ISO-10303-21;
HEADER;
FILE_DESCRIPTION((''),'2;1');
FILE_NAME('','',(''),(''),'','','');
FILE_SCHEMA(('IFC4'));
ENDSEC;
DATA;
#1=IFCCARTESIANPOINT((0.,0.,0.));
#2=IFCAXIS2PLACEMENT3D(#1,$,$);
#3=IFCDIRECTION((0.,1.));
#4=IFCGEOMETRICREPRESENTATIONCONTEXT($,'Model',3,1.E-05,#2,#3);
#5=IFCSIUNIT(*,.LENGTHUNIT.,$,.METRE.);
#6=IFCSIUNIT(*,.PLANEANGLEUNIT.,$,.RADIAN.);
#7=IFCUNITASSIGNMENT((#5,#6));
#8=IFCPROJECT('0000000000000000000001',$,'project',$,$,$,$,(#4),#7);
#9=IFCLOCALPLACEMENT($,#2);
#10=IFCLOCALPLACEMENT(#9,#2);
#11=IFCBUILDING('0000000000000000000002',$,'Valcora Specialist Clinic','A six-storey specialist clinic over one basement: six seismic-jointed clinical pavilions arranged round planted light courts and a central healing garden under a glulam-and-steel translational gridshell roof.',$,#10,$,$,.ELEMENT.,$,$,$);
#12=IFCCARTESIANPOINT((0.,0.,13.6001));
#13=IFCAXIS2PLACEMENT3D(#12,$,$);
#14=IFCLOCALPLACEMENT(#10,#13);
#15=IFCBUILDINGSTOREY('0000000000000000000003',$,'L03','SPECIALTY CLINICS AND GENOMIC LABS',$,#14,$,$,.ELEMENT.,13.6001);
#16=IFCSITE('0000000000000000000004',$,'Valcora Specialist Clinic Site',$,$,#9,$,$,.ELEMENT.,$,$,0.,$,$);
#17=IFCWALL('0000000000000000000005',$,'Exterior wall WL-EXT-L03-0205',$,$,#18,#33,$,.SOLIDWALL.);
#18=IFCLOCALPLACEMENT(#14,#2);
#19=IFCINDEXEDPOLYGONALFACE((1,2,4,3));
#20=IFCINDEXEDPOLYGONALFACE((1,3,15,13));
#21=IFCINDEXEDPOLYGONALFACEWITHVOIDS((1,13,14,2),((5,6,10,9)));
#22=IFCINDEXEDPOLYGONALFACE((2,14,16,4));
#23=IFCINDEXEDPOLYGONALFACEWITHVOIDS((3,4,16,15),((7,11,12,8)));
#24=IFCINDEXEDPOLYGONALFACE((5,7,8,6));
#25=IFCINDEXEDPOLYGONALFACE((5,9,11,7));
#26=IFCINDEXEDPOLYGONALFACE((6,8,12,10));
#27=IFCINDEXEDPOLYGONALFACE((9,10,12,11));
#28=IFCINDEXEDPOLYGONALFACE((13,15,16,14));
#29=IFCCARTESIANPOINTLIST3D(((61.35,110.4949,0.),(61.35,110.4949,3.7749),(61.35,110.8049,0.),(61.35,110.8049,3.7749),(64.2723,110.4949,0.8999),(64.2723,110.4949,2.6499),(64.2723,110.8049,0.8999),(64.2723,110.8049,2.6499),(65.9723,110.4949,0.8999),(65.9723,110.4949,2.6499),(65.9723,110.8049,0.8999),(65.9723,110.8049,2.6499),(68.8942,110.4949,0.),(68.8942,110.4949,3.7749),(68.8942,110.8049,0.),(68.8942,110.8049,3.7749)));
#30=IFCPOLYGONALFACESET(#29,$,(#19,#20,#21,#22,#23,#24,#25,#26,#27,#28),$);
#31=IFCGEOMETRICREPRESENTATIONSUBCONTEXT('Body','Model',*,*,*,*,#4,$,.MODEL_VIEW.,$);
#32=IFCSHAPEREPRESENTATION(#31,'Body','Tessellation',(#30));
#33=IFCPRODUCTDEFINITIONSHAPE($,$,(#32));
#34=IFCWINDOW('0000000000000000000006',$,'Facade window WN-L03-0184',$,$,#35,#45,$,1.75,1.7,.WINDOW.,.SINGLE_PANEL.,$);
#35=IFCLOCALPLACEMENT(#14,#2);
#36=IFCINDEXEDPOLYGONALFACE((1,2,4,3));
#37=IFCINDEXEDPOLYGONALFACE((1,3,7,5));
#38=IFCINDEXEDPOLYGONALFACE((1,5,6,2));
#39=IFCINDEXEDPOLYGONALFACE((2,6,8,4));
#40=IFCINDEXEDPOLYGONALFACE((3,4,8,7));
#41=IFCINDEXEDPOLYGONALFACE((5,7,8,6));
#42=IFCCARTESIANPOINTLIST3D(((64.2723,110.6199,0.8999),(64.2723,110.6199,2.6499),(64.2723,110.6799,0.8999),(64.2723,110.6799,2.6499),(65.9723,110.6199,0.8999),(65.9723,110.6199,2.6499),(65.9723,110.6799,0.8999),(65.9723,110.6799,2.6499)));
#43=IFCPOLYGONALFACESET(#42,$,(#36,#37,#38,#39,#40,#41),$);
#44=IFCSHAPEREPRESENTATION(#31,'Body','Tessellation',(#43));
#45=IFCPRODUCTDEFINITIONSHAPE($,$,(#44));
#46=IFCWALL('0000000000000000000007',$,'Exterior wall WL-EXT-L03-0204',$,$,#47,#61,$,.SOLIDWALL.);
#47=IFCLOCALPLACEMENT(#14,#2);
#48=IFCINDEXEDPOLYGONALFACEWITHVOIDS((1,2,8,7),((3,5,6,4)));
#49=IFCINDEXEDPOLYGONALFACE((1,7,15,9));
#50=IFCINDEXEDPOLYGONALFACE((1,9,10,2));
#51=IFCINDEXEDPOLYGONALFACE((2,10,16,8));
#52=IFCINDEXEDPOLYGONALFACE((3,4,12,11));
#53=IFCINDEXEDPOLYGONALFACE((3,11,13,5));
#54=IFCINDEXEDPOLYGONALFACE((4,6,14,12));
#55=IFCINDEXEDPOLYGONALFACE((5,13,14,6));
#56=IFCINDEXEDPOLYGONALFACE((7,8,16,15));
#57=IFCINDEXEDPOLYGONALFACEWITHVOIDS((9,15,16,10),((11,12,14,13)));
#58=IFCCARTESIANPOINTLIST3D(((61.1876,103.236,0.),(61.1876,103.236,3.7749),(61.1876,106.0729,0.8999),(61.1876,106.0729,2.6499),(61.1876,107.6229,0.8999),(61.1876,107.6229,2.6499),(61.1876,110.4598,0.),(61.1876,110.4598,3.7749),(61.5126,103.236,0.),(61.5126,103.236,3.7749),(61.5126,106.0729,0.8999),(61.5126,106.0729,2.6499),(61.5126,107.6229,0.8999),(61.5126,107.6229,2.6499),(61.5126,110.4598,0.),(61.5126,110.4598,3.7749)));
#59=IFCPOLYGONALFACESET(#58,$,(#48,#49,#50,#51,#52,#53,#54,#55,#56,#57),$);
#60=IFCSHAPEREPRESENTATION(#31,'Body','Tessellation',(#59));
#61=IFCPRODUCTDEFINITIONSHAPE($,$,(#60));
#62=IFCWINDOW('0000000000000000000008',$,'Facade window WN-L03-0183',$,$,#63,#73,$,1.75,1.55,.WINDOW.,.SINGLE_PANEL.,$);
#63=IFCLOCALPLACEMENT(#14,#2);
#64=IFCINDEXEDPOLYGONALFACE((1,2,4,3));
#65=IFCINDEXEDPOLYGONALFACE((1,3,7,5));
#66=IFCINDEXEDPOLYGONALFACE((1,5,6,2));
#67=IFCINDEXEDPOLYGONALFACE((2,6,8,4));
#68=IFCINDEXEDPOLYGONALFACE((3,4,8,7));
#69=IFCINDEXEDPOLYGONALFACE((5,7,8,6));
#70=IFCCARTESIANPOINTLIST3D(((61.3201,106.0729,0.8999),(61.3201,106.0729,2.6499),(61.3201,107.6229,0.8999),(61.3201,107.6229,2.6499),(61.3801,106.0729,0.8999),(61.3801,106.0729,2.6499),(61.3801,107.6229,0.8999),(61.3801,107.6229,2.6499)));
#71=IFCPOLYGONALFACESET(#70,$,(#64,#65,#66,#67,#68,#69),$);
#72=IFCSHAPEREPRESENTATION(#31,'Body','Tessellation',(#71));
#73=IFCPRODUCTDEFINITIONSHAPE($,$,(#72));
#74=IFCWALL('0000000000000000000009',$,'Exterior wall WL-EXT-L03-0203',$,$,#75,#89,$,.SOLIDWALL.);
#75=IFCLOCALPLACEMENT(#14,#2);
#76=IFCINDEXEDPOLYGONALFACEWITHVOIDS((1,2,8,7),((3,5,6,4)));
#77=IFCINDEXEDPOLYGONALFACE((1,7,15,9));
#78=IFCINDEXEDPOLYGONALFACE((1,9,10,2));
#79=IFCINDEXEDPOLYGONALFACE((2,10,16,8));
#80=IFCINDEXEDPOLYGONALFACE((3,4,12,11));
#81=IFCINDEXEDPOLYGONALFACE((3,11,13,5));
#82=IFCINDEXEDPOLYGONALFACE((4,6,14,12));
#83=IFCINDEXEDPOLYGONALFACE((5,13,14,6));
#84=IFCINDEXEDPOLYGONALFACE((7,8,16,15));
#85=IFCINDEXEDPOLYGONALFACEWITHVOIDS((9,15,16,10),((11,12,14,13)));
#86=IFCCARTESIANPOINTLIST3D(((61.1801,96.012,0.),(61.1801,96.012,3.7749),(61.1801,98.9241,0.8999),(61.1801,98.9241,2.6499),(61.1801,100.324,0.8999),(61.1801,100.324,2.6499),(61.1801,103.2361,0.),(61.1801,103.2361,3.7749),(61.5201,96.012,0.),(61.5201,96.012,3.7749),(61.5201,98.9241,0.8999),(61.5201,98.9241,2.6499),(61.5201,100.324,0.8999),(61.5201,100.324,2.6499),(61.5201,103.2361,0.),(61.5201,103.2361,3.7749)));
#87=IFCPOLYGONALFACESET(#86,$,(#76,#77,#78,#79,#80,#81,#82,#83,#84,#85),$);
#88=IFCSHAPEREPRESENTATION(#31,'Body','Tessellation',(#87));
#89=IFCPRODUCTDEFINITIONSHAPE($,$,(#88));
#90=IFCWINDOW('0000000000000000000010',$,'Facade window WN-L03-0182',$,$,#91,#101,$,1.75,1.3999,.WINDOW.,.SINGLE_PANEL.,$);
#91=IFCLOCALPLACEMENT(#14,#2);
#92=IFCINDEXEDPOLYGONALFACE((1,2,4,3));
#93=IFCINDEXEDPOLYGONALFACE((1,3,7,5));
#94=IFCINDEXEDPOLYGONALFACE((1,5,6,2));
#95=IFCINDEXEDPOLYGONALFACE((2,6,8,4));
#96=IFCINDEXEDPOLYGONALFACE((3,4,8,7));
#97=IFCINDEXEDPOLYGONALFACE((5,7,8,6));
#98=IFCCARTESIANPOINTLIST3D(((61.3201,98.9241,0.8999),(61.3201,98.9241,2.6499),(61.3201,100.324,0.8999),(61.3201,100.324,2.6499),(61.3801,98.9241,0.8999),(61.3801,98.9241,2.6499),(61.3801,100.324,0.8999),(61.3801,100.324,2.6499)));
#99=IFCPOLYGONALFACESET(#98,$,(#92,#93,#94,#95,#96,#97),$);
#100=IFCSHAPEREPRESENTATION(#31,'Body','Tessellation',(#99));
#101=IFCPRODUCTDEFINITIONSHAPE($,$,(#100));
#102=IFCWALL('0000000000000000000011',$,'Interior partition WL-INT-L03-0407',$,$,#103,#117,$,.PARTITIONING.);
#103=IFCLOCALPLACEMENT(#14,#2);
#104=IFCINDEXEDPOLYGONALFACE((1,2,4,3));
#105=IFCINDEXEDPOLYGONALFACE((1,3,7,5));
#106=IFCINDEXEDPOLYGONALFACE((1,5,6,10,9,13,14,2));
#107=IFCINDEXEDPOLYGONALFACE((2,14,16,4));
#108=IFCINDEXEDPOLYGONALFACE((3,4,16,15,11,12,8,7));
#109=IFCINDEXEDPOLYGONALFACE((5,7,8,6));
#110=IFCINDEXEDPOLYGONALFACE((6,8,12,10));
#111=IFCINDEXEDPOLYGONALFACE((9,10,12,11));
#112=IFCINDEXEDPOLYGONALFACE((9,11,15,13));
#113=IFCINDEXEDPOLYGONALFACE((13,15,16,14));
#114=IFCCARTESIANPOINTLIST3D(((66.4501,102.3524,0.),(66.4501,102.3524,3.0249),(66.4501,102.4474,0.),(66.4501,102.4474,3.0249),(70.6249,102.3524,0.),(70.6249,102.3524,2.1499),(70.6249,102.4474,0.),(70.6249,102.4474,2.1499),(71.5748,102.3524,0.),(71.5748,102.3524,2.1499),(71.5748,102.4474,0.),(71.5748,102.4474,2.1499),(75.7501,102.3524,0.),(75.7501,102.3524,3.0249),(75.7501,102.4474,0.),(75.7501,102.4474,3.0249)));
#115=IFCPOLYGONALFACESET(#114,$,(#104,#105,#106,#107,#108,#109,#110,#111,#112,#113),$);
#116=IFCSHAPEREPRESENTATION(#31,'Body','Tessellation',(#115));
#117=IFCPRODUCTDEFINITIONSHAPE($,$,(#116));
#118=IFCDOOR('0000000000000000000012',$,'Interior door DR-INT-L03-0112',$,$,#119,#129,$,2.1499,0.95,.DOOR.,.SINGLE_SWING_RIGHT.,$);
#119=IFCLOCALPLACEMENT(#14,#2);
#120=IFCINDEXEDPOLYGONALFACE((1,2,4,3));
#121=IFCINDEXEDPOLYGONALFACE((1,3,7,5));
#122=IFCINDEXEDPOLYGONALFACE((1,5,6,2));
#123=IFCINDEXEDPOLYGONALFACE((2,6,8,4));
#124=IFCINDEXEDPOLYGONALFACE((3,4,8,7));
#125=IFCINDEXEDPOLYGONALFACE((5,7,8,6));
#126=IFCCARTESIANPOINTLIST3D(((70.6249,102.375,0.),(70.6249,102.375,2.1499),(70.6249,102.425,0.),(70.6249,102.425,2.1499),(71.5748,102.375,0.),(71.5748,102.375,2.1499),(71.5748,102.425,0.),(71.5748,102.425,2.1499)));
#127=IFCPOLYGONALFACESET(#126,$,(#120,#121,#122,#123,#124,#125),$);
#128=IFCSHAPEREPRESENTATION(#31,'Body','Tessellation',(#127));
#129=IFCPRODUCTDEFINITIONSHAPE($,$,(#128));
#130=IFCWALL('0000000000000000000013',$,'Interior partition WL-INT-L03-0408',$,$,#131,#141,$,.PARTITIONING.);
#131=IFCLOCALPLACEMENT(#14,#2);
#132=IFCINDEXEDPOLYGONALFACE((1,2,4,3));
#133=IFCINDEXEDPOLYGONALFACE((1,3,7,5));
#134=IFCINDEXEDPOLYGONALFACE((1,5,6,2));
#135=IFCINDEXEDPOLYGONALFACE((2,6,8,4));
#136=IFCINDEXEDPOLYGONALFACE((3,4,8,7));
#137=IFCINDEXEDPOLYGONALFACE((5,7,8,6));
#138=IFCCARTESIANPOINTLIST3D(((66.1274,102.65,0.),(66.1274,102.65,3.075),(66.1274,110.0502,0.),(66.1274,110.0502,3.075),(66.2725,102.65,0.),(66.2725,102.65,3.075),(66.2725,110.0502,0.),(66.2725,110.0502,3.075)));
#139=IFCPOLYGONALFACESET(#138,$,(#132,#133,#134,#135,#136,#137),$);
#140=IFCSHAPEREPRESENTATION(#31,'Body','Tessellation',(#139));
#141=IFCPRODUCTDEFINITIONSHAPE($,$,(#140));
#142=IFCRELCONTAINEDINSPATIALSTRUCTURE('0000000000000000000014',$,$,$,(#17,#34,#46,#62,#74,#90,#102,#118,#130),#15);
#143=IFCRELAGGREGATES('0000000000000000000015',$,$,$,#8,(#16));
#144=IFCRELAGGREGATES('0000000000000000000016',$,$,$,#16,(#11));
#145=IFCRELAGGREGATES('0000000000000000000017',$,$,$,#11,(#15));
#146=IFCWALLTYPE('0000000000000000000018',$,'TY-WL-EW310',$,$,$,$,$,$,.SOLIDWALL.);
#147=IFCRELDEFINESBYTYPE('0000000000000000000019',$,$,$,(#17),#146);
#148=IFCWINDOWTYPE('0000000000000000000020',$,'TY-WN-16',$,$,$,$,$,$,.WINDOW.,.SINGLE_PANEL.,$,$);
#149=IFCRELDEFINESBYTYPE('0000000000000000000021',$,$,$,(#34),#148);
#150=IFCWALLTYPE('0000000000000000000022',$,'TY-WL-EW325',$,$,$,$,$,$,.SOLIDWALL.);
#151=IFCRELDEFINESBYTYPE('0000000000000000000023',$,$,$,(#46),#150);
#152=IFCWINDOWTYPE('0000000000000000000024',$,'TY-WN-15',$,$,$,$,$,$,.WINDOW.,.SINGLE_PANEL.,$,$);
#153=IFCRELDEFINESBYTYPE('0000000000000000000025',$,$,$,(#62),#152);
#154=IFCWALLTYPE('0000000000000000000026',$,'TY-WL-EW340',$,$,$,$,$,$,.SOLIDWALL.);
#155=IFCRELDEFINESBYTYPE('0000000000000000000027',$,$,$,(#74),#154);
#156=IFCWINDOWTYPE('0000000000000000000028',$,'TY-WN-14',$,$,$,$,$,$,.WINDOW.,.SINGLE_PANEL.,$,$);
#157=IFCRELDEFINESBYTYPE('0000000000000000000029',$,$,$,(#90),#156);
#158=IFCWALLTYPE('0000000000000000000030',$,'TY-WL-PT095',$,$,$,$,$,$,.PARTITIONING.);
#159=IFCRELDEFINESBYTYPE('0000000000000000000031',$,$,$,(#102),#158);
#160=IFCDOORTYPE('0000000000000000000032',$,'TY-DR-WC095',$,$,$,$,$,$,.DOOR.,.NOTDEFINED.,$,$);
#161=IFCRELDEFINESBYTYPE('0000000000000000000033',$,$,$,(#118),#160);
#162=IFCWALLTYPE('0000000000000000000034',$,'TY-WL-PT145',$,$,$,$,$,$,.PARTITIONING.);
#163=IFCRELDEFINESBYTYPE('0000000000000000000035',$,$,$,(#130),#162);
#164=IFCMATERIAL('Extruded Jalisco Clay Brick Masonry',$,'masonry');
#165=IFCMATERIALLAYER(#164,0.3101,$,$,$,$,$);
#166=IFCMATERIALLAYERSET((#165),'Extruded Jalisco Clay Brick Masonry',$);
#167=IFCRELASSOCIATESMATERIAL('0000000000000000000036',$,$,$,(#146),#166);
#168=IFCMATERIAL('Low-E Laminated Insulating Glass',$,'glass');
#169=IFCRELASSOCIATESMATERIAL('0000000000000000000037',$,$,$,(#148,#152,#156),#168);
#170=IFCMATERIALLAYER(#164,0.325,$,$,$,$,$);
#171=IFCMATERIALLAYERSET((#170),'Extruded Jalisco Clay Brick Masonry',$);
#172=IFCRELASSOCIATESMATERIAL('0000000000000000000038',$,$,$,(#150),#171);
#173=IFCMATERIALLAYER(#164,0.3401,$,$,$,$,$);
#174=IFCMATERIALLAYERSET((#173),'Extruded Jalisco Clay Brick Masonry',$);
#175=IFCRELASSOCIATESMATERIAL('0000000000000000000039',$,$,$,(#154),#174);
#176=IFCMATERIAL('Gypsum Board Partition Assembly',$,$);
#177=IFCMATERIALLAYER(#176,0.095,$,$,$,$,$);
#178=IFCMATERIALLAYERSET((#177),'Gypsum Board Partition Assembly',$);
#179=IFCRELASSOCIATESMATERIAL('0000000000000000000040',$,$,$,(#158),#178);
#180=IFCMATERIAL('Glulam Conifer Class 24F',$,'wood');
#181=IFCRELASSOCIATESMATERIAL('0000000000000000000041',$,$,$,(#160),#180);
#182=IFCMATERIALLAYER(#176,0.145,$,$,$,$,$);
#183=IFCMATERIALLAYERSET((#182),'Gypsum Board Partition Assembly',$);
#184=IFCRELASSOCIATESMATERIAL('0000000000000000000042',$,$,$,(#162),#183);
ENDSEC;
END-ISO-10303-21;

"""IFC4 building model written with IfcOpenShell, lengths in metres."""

from ifc_helpers import new_model, si_unit, direction, frame, frame_2d, origin, place, context, subcontext, project, spatial, rectangle, extrude, material, layer, layer_set, type_object, element, fill, save


model = new_model("IFC4")

# Units and contexts
model_context = context("Model", 3, precision=1e-05, world=origin(), true_north=direction((0.0, 1.0)))
body_context = subcontext(model_context, "Body", "Model", "MODEL_VIEW")
ifc_project = project(units=[si_unit("LENGTHUNIT", "METRE"), si_unit("PLANEANGLEUNIT", "RADIAN")], contexts=[model_context])

# Site, building, storey
site_placement = place(None, origin())
site = spatial("IfcSite", under=ifc_project, at=site_placement, Name="Valcora Specialist Clinic Site", CompositionType="ELEMENT", RefElevation=0.0)
building_placement = place(site_placement, origin())
building = spatial("IfcBuilding", under=site, at=building_placement, Name="Valcora Specialist Clinic", Description="A six-storey specialist clinic over one basement: six seismic-jointed clinical pavilions arranged round planted light courts and a central healing garden under a glulam-and-steel translational gridshell roof.", CompositionType="ELEMENT")
storey_placement = place(building_placement, frame((0.0, 0.0, 13.6001)))
storey = spatial("IfcBuildingStorey", under=building, at=storey_placement, Name="L03", Description="SPECIALTY CLINICS AND GENOMIC LABS", CompositionType="ELEMENT", Elevation=13.6001)

# Walls, openings, windows
ifc_material_1 = material(Name="Extruded Jalisco Clay Brick Masonry", Category="masonry")
ifc_material_2 = material(Name="Low-E Laminated Insulating Glass", Category="glass")
ifc_layer_1 = layer(ifc_material_1, 0.3101)
ifc_layer_set_1 = layer_set([ifc_layer_1], Name="Extruded Jalisco Clay Brick Masonry")
wall_type_1 = type_object("IfcWallType", Name="TY-WL-EW310", PredefinedType="SOLIDWALL", material=ifc_layer_set_1)
wall_1_placement = place(storey_placement, frame((61.3501, 110.6499, 0.0), z_axis=(0.0, 0.0, 1.0), x_axis=(1.0, 0.0, 0.0)))
wall_1 = element("IfcWall", 1, at=wall_1_placement, inside=storey, type_object=wall_type_1, Name="Exterior wall WL-EXT-L03-0205", PredefinedType="SOLIDWALL", context=body_context, shape_type="SweptSolid", body=[
    extrude(rectangle(XDim=7.5442, YDim=0.3101, at=frame_2d((3.772, 0.0))), origin(), (0.0, 0.0, 1.0), 3.7749),
])
opening_1_placement = place(wall_1_placement, frame((2.9221, 0.0, 0.8999)))
opening_1 = element("IfcOpeningElement", 2, at=opening_1_placement, cuts=wall_1, PredefinedType="OPENING", context=body_context, shape_type="SweptSolid", body=[
    extrude(rectangle(XDim=1.7, YDim=1.75, at=frame_2d((0.8501, 0.875))), frame((0.0, 0.165, 0.0), z_axis=(0.0, -1.0, 0.0), x_axis=(1.0, 0.0, 0.0)), (0.0, 0.0, 1.0), 0.3301),
])
window_type_1 = type_object("IfcWindowType", Name="TY-WN-16", PartitioningType="SINGLE_PANEL", PredefinedType="WINDOW", material=ifc_material_2)
window_1_placement = place(opening_1_placement, origin())
window_1 = element("IfcWindow", 3, at=window_1_placement, inside=storey, type_object=window_type_1, Name="Facade window WN-L03-0184", OverallHeight=1.75, OverallWidth=1.7, PartitioningType="SINGLE_PANEL", PredefinedType="WINDOW", context=body_context, shape_type="SweptSolid", body=[
    extrude(rectangle(XDim=1.7, YDim=1.75, at=frame_2d((0.8501, 0.875))), frame((0.0, 0.03, 0.0), z_axis=(0.0, -1.0, 0.0), x_axis=(1.0, 0.0, 0.0)), (0.0, 0.0, 1.0), 0.0601),
])
fill(opening_1, window_1)
ifc_layer_2 = layer(ifc_material_1, 0.325)
ifc_layer_set_2 = layer_set([ifc_layer_2], Name="Extruded Jalisco Clay Brick Masonry")
wall_type_2 = type_object("IfcWallType", Name="TY-WL-EW325", PredefinedType="SOLIDWALL", material=ifc_layer_set_2)
wall_2_placement = place(storey_placement, frame((61.3501, 103.2361, 0.0), z_axis=(0.0, 0.0, 1.0), x_axis=(0.0, 1.0, 0.0)))
wall_2 = element("IfcWall", 4, at=wall_2_placement, inside=storey, type_object=wall_type_2, Name="Exterior wall WL-EXT-L03-0204", PredefinedType="SOLIDWALL", context=body_context, shape_type="SweptSolid", body=[
    extrude(rectangle(XDim=7.2239, YDim=0.325, at=frame_2d((3.6118, 0.0))), origin(), (0.0, 0.0, 1.0), 3.7749),
])
opening_2_placement = place(wall_2_placement, frame((2.8369, 0.0, 0.8999)))
opening_2 = element("IfcOpeningElement", 5, at=opening_2_placement, cuts=wall_2, PredefinedType="OPENING", context=body_context, shape_type="SweptSolid", body=[
    extrude(rectangle(XDim=1.55, YDim=1.75, at=frame_2d((0.7749, 0.875))), frame((0.0, 0.1724, 0.0), z_axis=(0.0, -1.0, 0.0), x_axis=(1.0, 0.0, 0.0)), (0.0, 0.0, 1.0), 0.345),
])
window_type_2 = type_object("IfcWindowType", Name="TY-WN-15", PartitioningType="SINGLE_PANEL", PredefinedType="WINDOW", material=ifc_material_2)
window_2_placement = place(opening_2_placement, origin())
window_2 = element("IfcWindow", 6, at=window_2_placement, inside=storey, type_object=window_type_2, Name="Facade window WN-L03-0183", OverallHeight=1.75, OverallWidth=1.55, PartitioningType="SINGLE_PANEL", PredefinedType="WINDOW", context=body_context, shape_type="SweptSolid", body=[
    extrude(rectangle(XDim=1.55, YDim=1.75, at=frame_2d((0.7749, 0.875))), frame((0.0, 0.03, 0.0), z_axis=(0.0, -1.0, 0.0), x_axis=(1.0, 0.0, 0.0)), (0.0, 0.0, 1.0), 0.0601),
])
fill(opening_2, window_2)
ifc_layer_3 = layer(ifc_material_1, 0.3401)
ifc_layer_set_3 = layer_set([ifc_layer_3], Name="Extruded Jalisco Clay Brick Masonry")
wall_type_3 = type_object("IfcWallType", Name="TY-WL-EW340", PredefinedType="SOLIDWALL", material=ifc_layer_set_3)
wall_3_placement = place(storey_placement, frame((61.3501, 96.012, 0.0), z_axis=(0.0, 0.0, 1.0), x_axis=(0.0, 1.0, 0.0)))
wall_3 = element("IfcWall", 7, at=wall_3_placement, inside=storey, type_object=wall_type_3, Name="Exterior wall WL-EXT-L03-0203", PredefinedType="SOLIDWALL", context=body_context, shape_type="SweptSolid", body=[
    extrude(rectangle(XDim=7.2241, YDim=0.3401, at=frame_2d((3.6121, 0.0))), origin(), (0.0, 0.0, 1.0), 3.7749),
])
opening_3_placement = place(wall_3_placement, frame((2.9121, 0.0, 0.8999)))
opening_3 = element("IfcOpeningElement", 8, at=opening_3_placement, cuts=wall_3, PredefinedType="OPENING", context=body_context, shape_type="SweptSolid", body=[
    extrude(rectangle(XDim=1.3999, YDim=1.75, at=frame_2d((0.7, 0.875))), frame((0.0, 0.1799, 0.0), z_axis=(0.0, -1.0, 0.0), x_axis=(1.0, 0.0, 0.0)), (0.0, 0.0, 1.0), 0.3601),
])
window_type_3 = type_object("IfcWindowType", Name="TY-WN-14", PartitioningType="SINGLE_PANEL", PredefinedType="WINDOW", material=ifc_material_2)
window_3_placement = place(opening_3_placement, origin())
window_3 = element("IfcWindow", 9, at=window_3_placement, inside=storey, type_object=window_type_3, Name="Facade window WN-L03-0182", OverallHeight=1.75, OverallWidth=1.3999, PartitioningType="SINGLE_PANEL", PredefinedType="WINDOW", context=body_context, shape_type="SweptSolid", body=[
    extrude(rectangle(XDim=1.3999, YDim=1.75, at=frame_2d((0.7, 0.875))), frame((0.0, 0.03, 0.0), z_axis=(0.0, -1.0, 0.0), x_axis=(1.0, 0.0, 0.0)), (0.0, 0.0, 1.0), 0.0601),
])
fill(opening_3, window_3)

# Wall, opening, door
ifc_material_3 = material(Name="Gypsum Board Partition Assembly")
ifc_layer_4 = layer(ifc_material_3, 0.095)
ifc_layer_set_4 = layer_set([ifc_layer_4], Name="Gypsum Board Partition Assembly")
wall_type_4 = type_object("IfcWallType", Name="TY-WL-PT095", PredefinedType="PARTITIONING", material=ifc_layer_set_4)
wall_4_placement = place(storey_placement, frame((75.75, 102.3999, 0.0), z_axis=(0.0, 0.0, 1.0), x_axis=(-1.0, 0.0, 0.0)))
wall_4 = element("IfcWall", 10, at=wall_4_placement, inside=storey, type_object=wall_type_4, Name="Interior partition WL-INT-L03-0407", PredefinedType="PARTITIONING", context=body_context, shape_type="SweptSolid", body=[
    extrude(rectangle(XDim=9.3, YDim=0.095, at=frame_2d((4.6499, 0.0))), origin(), (0.0, 0.0, 1.0), 3.0249),
])
opening_4_placement = place(wall_4_placement, frame((4.175, 0.0, 0.0)))
opening_4 = element("IfcOpeningElement", 11, at=opening_4_placement, cuts=wall_4, PredefinedType="OPENING", context=body_context, shape_type="SweptSolid", body=[
    extrude(rectangle(XDim=0.95, YDim=2.1499, at=frame_2d((0.4751, 1.075))), frame((0.0, 0.0574, 0.0), z_axis=(0.0, -1.0, 0.0), x_axis=(1.0, 0.0, 0.0)), (0.0, 0.0, 1.0), 0.115),
])
ifc_material_4 = material(Name="Glulam Conifer Class 24F", Category="wood")
door_type = type_object("IfcDoorType", Name="TY-DR-WC095", OperationType="NOTDEFINED", PredefinedType="DOOR", material=ifc_material_4)
door_placement = place(opening_4_placement, origin())
door = element("IfcDoor", 12, at=door_placement, inside=storey, type_object=door_type, Name="Interior door DR-INT-L03-0112", OperationType="SINGLE_SWING_RIGHT", OverallHeight=2.1499, OverallWidth=0.95, PredefinedType="DOOR", context=body_context, shape_type="SweptSolid", body=[
    extrude(rectangle(XDim=0.95, YDim=2.1499, at=frame_2d((0.4751, 1.075))), frame((0.0, 0.0249, 0.0), z_axis=(0.0, -1.0, 0.0), x_axis=(1.0, 0.0, 0.0)), (0.0, 0.0, 1.0), 0.05),
])
fill(opening_4, door)

# Wall
ifc_layer_5 = layer(ifc_material_3, 0.145)
ifc_layer_set_5 = layer_set([ifc_layer_5], Name="Gypsum Board Partition Assembly")
wall_type_5 = type_object("IfcWallType", Name="TY-WL-PT145", PredefinedType="PARTITIONING", material=ifc_layer_set_5)
wall_5_placement = place(storey_placement, frame((66.2, 102.6499, 0.0), z_axis=(0.0, 0.0, 1.0), x_axis=(0.0, 1.0, 0.0)))
element("IfcWall", 13, at=wall_5_placement, inside=storey, type_object=wall_type_5, Name="Interior partition WL-INT-L03-0408", PredefinedType="PARTITIONING", context=body_context, shape_type="SweptSolid", body=[
    extrude(rectangle(XDim=7.4001, YDim=0.145, at=frame_2d((3.7002, 0.0))), origin(), (0.0, 0.0, 1.0), 3.075),
])

save(model, "model.ifc")
